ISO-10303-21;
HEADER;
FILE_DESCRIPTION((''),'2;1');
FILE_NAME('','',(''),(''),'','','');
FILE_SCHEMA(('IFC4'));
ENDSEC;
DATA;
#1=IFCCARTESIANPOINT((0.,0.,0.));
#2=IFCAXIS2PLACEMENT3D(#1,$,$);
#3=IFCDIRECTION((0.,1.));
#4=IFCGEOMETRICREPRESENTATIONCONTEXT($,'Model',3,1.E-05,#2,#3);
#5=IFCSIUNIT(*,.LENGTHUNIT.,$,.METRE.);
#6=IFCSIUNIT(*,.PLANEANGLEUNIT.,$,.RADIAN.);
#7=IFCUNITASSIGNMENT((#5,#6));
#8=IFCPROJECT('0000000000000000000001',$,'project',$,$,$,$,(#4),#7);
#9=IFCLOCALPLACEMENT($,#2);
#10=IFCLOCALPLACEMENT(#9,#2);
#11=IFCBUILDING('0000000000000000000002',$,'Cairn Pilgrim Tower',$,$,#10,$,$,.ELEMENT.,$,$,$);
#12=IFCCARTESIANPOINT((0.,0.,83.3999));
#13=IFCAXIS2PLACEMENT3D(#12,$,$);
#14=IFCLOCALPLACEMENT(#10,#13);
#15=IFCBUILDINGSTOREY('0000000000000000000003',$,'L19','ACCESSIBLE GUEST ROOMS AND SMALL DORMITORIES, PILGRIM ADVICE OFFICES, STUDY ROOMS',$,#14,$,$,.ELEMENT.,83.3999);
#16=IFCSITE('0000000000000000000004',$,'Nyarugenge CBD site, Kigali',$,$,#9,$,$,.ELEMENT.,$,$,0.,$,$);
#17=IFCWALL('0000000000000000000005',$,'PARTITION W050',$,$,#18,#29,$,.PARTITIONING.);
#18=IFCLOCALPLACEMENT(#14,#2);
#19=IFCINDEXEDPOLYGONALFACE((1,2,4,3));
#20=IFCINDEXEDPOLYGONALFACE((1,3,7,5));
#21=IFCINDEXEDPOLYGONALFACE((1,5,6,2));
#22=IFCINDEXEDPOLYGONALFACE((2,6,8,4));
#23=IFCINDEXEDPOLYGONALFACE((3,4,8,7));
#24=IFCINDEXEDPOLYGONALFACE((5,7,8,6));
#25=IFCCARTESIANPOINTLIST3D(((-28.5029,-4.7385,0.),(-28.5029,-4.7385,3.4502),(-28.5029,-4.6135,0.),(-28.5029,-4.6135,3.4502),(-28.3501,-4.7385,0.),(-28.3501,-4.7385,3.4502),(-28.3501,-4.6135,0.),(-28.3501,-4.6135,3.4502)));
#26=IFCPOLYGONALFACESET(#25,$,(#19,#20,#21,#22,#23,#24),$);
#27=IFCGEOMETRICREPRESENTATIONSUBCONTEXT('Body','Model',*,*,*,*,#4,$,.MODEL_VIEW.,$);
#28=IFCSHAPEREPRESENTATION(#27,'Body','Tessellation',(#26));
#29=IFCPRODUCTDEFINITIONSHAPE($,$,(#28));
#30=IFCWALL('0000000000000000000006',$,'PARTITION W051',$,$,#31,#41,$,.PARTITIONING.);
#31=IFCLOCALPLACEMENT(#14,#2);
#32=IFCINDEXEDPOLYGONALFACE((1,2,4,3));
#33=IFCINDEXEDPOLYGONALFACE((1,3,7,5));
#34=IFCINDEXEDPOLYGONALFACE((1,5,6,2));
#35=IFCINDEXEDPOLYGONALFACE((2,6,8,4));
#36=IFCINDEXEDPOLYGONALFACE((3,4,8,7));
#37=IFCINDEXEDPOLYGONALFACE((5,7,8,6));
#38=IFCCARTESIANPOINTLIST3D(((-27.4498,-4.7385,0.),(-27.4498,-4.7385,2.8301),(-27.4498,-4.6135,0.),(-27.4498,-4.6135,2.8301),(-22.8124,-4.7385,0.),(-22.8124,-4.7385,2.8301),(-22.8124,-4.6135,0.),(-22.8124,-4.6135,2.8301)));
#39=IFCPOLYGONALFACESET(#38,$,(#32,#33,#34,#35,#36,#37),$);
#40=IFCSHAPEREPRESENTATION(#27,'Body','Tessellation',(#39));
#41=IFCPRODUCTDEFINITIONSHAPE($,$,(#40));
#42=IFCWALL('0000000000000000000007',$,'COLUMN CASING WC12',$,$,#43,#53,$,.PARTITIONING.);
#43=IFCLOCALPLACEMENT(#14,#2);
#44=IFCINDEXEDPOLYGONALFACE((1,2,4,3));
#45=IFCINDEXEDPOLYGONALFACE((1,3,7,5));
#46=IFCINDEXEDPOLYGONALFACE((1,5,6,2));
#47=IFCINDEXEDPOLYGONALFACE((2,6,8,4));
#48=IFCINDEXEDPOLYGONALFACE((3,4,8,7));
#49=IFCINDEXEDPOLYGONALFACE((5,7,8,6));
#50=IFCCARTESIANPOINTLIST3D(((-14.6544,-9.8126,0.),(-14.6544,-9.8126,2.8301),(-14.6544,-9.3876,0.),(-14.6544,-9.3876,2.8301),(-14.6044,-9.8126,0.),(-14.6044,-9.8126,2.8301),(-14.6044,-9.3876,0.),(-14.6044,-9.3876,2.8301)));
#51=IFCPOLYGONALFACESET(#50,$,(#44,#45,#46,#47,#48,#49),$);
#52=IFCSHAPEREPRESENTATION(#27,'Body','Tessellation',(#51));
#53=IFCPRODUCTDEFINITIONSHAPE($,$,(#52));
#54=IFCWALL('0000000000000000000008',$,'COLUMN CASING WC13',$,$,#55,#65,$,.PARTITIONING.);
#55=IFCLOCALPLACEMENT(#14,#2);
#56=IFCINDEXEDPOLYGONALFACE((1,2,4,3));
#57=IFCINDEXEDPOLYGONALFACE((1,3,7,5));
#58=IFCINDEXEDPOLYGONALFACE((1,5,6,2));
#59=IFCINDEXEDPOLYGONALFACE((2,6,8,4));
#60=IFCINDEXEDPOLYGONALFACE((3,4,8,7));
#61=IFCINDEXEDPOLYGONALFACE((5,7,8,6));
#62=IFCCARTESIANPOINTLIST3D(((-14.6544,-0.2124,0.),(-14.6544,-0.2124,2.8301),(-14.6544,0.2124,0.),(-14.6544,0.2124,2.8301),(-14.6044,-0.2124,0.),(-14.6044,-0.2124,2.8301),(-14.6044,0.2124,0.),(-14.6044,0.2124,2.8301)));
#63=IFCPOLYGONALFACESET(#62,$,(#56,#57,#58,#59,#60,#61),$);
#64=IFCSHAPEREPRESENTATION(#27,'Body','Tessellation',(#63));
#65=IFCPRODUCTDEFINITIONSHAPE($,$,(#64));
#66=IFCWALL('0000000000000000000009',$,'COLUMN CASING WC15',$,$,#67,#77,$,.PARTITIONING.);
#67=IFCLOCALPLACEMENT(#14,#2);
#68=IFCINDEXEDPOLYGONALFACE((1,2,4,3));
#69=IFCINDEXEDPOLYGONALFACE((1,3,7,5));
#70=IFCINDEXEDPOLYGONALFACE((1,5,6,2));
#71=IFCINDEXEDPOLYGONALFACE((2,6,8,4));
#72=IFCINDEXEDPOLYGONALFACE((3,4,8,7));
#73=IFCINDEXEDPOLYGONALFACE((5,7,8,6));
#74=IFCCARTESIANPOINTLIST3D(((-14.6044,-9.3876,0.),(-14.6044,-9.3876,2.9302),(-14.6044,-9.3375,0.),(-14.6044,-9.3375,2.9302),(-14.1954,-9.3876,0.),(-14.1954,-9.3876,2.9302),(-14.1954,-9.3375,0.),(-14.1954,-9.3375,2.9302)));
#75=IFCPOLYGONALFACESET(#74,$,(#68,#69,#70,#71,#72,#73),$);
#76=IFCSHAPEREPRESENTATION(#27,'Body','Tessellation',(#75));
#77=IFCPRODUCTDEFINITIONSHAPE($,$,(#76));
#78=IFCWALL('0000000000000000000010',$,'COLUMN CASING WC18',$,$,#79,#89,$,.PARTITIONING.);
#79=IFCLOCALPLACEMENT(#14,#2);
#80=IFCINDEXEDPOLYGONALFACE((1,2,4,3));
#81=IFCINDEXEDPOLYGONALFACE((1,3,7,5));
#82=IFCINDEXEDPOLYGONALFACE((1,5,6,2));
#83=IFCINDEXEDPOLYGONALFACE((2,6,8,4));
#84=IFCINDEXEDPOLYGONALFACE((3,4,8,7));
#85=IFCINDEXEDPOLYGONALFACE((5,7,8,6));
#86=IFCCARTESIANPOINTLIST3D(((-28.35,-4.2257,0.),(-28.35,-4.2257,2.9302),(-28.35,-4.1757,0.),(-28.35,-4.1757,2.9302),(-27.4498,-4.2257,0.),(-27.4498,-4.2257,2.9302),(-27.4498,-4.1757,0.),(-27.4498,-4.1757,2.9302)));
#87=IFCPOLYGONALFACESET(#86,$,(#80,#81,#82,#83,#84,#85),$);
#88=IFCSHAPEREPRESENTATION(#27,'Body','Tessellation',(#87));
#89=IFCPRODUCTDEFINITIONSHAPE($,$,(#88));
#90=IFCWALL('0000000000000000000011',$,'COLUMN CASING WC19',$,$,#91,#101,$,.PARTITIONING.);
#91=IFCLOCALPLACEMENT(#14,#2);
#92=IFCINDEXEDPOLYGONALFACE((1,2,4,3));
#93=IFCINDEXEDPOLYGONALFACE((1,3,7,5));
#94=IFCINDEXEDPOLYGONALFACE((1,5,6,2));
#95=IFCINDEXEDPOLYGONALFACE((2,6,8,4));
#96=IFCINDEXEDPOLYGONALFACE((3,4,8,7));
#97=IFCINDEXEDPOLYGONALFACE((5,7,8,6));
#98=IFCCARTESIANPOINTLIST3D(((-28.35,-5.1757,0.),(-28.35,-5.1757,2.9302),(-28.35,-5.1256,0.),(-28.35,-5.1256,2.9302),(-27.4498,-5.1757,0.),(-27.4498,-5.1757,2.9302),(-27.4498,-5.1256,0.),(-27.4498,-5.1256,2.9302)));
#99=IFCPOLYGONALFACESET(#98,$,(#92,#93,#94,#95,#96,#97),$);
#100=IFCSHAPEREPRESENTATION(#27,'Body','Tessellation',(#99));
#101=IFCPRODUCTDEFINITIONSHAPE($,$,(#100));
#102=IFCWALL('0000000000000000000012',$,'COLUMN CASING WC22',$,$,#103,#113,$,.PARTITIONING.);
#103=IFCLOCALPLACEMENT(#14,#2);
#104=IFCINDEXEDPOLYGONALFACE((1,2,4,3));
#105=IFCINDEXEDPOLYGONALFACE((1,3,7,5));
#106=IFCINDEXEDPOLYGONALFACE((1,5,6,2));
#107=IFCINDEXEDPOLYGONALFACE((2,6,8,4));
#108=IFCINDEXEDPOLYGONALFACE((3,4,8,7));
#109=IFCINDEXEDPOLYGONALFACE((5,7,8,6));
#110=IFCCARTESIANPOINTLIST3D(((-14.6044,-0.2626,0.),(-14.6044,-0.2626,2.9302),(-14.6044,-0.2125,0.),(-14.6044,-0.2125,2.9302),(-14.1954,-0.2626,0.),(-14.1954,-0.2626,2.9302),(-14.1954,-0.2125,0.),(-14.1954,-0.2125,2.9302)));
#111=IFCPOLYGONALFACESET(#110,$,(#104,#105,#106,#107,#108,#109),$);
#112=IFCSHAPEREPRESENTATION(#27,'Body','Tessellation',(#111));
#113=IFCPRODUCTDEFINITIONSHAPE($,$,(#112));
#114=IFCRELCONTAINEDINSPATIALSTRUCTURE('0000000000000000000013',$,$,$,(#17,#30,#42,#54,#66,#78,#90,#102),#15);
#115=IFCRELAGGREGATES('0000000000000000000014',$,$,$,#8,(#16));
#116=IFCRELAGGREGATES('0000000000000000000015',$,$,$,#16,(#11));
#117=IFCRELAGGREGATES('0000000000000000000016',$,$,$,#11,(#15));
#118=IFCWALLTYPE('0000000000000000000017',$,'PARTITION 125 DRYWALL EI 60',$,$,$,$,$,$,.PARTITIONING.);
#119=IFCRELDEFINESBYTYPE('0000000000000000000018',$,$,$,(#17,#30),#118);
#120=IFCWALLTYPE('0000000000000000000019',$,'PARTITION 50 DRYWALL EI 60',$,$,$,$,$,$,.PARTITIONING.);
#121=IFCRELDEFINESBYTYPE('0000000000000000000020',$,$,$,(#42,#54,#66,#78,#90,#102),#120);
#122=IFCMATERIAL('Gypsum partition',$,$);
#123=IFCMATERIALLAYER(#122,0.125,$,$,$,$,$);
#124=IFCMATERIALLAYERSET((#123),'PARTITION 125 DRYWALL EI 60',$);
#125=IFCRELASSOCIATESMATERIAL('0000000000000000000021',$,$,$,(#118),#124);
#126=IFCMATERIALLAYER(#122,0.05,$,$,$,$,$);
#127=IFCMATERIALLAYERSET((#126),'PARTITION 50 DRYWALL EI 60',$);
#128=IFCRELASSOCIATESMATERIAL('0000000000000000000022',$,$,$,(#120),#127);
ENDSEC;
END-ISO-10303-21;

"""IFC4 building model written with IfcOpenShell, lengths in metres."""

from ifc_helpers import new_model, si_unit, direction, frame, frame_2d, origin, place, context, subcontext, project, spatial, rectangle, extrude, material, layer, layer_set, type_object, element, save


model = new_model("IFC4")

# Units and contexts
model_context = context("Model", 3, precision=1e-05, world=origin(), true_north=direction((0.0, 1.0)))
body_context = subcontext(model_context, "Body", "Model", "MODEL_VIEW")
ifc_project = project(units=[si_unit("LENGTHUNIT", "METRE"), si_unit("PLANEANGLEUNIT", "RADIAN")], contexts=[model_context])

# Site, building, storey
site_placement = place(None, origin())
site = spatial("IfcSite", under=ifc_project, at=site_placement, Name="Nyarugenge CBD site, Kigali", CompositionType="ELEMENT", RefElevation=0.0)
building_placement = place(site_placement, origin())
building = spatial("IfcBuilding", under=site, at=building_placement, Name="Cairn Pilgrim Tower", CompositionType="ELEMENT")
storey_placement = place(building_placement, frame((0.0, 0.0, 83.3999)))
storey = spatial("IfcBuildingStorey", under=building, at=storey_placement, Name="L19", Description="ACCESSIBLE GUEST ROOMS AND SMALL DORMITORIES, PILGRIM ADVICE OFFICES, STUDY ROOMS", CompositionType="ELEMENT", Elevation=83.3999)

# Shared definitions
ifc_material_1 = material(Name="Gypsum partition")

# Shared definitions
ifc_layer_1 = layer(ifc_material_1, 0.125)
ifc_layer_set_1 = layer_set([ifc_layer_1], Name="PARTITION 125 DRYWALL EI 60")
wall_type_1 = type_object("IfcWallType", Name="PARTITION 125 DRYWALL EI 60", PredefinedType="PARTITIONING", material=ifc_layer_set_1)

# Walls
wall_1_placement = place(storey_placement, frame((-28.5029, -4.676, 0.0), z_axis=(0.0, 0.0, 1.0), x_axis=(1.0, 0.0, 0.0)))
element("IfcWall", 1, at=wall_1_placement, inside=storey, type_object=wall_type_1, Name="PARTITION W050", PredefinedType="PARTITIONING", context=body_context, shape_type="SweptSolid", body=[
    extrude(rectangle(XDim=0.1528, YDim=0.125, at=frame_2d((0.0764, 0.0))), origin(), (0.0, 0.0, 1.0), 3.4502),
])
wall_2_placement = place(storey_placement, frame((-27.45, -4.676, 0.0), z_axis=(0.0, 0.0, 1.0), x_axis=(1.0, 0.0, 0.0)))
element("IfcWall", 2, at=wall_2_placement, inside=storey, type_object=wall_type_1, Name="PARTITION W051", PredefinedType="PARTITIONING", context=body_context, shape_type="SweptSolid", body=[
    extrude(rectangle(XDim=4.6375, YDim=0.125, at=frame_2d((2.3188, 0.0))), origin(), (0.0, 0.0, 1.0), 2.8301),
])
ifc_layer_2 = layer(ifc_material_1, 0.05)
ifc_layer_set_2 = layer_set([ifc_layer_2], Name="PARTITION 50 DRYWALL EI 60")
wall_type_2 = type_object("IfcWallType", Name="PARTITION 50 DRYWALL EI 60", PredefinedType="PARTITIONING", material=ifc_layer_set_2)
wall_3_placement = place(storey_placement, frame((-14.6294, -9.8125, 0.0), z_axis=(0.0, 0.0, 1.0), x_axis=(0.0, 1.0, 0.0)))
element("IfcWall", 3, at=wall_3_placement, inside=storey, type_object=wall_type_2, Name="COLUMN CASING WC12", PredefinedType="PARTITIONING", context=body_context, shape_type="SweptSolid", body=[
    extrude(rectangle(XDim=0.425, YDim=0.05, at=frame_2d((0.2124, 0.0))), origin(), (0.0, 0.0, 1.0), 2.8301),
])
wall_4_placement = place(storey_placement, frame((-14.6294, -0.2124, 0.0), z_axis=(0.0, 0.0, 1.0), x_axis=(0.0, 1.0, 0.0)))
element("IfcWall", 4, at=wall_4_placement, inside=storey, type_object=wall_type_2, Name="COLUMN CASING WC13", PredefinedType="PARTITIONING", context=body_context, shape_type="SweptSolid", body=[
    extrude(rectangle(XDim=0.4248, YDim=0.05, at=frame_2d((0.2124, 0.0))), origin(), (0.0, 0.0, 1.0), 2.8301),
])
wall_5_placement = place(storey_placement, frame((-14.6045, -9.3625, 0.0), z_axis=(0.0, 0.0, 1.0), x_axis=(1.0, 0.0, 0.0)))
element("IfcWall", 5, at=wall_5_placement, inside=storey, type_object=wall_type_2, Name="COLUMN CASING WC15", PredefinedType="PARTITIONING", context=body_context, shape_type="SweptSolid", body=[
    extrude(rectangle(XDim=0.4089, YDim=0.05, at=frame_2d((0.2046, 0.0))), origin(), (0.0, 0.0, 1.0), 2.9302),
])
for number, where, z_axis, x_axis, name in (
    (6, (-28.3501, -4.2007, 0.0), (0.0, 0.0, 1.0), (1.0, 0.0, 0.0), "COLUMN CASING WC18"),
    (7, (-28.3501, -5.1506, 0.0), (0.0, 0.0, 1.0), (1.0, 0.0, 0.0), "COLUMN CASING WC19"),
):
    element("IfcWall", number, at=place(storey_placement, frame(where, z_axis=z_axis, x_axis=x_axis)), inside=storey, type_object=wall_type_2, Name=name, PredefinedType="PARTITIONING", context=body_context, shape_type="SweptSolid", body=[
        extrude(rectangle(XDim=0.9001, YDim=0.05, at=frame_2d((0.4502, 0.0))), origin(), (0.0, 0.0, 1.0), 2.9302),
    ])
wall_6_placement = place(storey_placement, frame((-14.6045, -0.2375, 0.0), z_axis=(0.0, 0.0, 1.0), x_axis=(1.0, 0.0, 0.0)))
element("IfcWall", 8, at=wall_6_placement, inside=storey, type_object=wall_type_2, Name="COLUMN CASING WC22", PredefinedType="PARTITIONING", context=body_context, shape_type="SweptSolid", body=[
    extrude(rectangle(XDim=0.4089, YDim=0.05, at=frame_2d((0.2046, 0.0))), origin(), (0.0, 0.0, 1.0), 2.9302),
])

save(model, "model.ifc")
